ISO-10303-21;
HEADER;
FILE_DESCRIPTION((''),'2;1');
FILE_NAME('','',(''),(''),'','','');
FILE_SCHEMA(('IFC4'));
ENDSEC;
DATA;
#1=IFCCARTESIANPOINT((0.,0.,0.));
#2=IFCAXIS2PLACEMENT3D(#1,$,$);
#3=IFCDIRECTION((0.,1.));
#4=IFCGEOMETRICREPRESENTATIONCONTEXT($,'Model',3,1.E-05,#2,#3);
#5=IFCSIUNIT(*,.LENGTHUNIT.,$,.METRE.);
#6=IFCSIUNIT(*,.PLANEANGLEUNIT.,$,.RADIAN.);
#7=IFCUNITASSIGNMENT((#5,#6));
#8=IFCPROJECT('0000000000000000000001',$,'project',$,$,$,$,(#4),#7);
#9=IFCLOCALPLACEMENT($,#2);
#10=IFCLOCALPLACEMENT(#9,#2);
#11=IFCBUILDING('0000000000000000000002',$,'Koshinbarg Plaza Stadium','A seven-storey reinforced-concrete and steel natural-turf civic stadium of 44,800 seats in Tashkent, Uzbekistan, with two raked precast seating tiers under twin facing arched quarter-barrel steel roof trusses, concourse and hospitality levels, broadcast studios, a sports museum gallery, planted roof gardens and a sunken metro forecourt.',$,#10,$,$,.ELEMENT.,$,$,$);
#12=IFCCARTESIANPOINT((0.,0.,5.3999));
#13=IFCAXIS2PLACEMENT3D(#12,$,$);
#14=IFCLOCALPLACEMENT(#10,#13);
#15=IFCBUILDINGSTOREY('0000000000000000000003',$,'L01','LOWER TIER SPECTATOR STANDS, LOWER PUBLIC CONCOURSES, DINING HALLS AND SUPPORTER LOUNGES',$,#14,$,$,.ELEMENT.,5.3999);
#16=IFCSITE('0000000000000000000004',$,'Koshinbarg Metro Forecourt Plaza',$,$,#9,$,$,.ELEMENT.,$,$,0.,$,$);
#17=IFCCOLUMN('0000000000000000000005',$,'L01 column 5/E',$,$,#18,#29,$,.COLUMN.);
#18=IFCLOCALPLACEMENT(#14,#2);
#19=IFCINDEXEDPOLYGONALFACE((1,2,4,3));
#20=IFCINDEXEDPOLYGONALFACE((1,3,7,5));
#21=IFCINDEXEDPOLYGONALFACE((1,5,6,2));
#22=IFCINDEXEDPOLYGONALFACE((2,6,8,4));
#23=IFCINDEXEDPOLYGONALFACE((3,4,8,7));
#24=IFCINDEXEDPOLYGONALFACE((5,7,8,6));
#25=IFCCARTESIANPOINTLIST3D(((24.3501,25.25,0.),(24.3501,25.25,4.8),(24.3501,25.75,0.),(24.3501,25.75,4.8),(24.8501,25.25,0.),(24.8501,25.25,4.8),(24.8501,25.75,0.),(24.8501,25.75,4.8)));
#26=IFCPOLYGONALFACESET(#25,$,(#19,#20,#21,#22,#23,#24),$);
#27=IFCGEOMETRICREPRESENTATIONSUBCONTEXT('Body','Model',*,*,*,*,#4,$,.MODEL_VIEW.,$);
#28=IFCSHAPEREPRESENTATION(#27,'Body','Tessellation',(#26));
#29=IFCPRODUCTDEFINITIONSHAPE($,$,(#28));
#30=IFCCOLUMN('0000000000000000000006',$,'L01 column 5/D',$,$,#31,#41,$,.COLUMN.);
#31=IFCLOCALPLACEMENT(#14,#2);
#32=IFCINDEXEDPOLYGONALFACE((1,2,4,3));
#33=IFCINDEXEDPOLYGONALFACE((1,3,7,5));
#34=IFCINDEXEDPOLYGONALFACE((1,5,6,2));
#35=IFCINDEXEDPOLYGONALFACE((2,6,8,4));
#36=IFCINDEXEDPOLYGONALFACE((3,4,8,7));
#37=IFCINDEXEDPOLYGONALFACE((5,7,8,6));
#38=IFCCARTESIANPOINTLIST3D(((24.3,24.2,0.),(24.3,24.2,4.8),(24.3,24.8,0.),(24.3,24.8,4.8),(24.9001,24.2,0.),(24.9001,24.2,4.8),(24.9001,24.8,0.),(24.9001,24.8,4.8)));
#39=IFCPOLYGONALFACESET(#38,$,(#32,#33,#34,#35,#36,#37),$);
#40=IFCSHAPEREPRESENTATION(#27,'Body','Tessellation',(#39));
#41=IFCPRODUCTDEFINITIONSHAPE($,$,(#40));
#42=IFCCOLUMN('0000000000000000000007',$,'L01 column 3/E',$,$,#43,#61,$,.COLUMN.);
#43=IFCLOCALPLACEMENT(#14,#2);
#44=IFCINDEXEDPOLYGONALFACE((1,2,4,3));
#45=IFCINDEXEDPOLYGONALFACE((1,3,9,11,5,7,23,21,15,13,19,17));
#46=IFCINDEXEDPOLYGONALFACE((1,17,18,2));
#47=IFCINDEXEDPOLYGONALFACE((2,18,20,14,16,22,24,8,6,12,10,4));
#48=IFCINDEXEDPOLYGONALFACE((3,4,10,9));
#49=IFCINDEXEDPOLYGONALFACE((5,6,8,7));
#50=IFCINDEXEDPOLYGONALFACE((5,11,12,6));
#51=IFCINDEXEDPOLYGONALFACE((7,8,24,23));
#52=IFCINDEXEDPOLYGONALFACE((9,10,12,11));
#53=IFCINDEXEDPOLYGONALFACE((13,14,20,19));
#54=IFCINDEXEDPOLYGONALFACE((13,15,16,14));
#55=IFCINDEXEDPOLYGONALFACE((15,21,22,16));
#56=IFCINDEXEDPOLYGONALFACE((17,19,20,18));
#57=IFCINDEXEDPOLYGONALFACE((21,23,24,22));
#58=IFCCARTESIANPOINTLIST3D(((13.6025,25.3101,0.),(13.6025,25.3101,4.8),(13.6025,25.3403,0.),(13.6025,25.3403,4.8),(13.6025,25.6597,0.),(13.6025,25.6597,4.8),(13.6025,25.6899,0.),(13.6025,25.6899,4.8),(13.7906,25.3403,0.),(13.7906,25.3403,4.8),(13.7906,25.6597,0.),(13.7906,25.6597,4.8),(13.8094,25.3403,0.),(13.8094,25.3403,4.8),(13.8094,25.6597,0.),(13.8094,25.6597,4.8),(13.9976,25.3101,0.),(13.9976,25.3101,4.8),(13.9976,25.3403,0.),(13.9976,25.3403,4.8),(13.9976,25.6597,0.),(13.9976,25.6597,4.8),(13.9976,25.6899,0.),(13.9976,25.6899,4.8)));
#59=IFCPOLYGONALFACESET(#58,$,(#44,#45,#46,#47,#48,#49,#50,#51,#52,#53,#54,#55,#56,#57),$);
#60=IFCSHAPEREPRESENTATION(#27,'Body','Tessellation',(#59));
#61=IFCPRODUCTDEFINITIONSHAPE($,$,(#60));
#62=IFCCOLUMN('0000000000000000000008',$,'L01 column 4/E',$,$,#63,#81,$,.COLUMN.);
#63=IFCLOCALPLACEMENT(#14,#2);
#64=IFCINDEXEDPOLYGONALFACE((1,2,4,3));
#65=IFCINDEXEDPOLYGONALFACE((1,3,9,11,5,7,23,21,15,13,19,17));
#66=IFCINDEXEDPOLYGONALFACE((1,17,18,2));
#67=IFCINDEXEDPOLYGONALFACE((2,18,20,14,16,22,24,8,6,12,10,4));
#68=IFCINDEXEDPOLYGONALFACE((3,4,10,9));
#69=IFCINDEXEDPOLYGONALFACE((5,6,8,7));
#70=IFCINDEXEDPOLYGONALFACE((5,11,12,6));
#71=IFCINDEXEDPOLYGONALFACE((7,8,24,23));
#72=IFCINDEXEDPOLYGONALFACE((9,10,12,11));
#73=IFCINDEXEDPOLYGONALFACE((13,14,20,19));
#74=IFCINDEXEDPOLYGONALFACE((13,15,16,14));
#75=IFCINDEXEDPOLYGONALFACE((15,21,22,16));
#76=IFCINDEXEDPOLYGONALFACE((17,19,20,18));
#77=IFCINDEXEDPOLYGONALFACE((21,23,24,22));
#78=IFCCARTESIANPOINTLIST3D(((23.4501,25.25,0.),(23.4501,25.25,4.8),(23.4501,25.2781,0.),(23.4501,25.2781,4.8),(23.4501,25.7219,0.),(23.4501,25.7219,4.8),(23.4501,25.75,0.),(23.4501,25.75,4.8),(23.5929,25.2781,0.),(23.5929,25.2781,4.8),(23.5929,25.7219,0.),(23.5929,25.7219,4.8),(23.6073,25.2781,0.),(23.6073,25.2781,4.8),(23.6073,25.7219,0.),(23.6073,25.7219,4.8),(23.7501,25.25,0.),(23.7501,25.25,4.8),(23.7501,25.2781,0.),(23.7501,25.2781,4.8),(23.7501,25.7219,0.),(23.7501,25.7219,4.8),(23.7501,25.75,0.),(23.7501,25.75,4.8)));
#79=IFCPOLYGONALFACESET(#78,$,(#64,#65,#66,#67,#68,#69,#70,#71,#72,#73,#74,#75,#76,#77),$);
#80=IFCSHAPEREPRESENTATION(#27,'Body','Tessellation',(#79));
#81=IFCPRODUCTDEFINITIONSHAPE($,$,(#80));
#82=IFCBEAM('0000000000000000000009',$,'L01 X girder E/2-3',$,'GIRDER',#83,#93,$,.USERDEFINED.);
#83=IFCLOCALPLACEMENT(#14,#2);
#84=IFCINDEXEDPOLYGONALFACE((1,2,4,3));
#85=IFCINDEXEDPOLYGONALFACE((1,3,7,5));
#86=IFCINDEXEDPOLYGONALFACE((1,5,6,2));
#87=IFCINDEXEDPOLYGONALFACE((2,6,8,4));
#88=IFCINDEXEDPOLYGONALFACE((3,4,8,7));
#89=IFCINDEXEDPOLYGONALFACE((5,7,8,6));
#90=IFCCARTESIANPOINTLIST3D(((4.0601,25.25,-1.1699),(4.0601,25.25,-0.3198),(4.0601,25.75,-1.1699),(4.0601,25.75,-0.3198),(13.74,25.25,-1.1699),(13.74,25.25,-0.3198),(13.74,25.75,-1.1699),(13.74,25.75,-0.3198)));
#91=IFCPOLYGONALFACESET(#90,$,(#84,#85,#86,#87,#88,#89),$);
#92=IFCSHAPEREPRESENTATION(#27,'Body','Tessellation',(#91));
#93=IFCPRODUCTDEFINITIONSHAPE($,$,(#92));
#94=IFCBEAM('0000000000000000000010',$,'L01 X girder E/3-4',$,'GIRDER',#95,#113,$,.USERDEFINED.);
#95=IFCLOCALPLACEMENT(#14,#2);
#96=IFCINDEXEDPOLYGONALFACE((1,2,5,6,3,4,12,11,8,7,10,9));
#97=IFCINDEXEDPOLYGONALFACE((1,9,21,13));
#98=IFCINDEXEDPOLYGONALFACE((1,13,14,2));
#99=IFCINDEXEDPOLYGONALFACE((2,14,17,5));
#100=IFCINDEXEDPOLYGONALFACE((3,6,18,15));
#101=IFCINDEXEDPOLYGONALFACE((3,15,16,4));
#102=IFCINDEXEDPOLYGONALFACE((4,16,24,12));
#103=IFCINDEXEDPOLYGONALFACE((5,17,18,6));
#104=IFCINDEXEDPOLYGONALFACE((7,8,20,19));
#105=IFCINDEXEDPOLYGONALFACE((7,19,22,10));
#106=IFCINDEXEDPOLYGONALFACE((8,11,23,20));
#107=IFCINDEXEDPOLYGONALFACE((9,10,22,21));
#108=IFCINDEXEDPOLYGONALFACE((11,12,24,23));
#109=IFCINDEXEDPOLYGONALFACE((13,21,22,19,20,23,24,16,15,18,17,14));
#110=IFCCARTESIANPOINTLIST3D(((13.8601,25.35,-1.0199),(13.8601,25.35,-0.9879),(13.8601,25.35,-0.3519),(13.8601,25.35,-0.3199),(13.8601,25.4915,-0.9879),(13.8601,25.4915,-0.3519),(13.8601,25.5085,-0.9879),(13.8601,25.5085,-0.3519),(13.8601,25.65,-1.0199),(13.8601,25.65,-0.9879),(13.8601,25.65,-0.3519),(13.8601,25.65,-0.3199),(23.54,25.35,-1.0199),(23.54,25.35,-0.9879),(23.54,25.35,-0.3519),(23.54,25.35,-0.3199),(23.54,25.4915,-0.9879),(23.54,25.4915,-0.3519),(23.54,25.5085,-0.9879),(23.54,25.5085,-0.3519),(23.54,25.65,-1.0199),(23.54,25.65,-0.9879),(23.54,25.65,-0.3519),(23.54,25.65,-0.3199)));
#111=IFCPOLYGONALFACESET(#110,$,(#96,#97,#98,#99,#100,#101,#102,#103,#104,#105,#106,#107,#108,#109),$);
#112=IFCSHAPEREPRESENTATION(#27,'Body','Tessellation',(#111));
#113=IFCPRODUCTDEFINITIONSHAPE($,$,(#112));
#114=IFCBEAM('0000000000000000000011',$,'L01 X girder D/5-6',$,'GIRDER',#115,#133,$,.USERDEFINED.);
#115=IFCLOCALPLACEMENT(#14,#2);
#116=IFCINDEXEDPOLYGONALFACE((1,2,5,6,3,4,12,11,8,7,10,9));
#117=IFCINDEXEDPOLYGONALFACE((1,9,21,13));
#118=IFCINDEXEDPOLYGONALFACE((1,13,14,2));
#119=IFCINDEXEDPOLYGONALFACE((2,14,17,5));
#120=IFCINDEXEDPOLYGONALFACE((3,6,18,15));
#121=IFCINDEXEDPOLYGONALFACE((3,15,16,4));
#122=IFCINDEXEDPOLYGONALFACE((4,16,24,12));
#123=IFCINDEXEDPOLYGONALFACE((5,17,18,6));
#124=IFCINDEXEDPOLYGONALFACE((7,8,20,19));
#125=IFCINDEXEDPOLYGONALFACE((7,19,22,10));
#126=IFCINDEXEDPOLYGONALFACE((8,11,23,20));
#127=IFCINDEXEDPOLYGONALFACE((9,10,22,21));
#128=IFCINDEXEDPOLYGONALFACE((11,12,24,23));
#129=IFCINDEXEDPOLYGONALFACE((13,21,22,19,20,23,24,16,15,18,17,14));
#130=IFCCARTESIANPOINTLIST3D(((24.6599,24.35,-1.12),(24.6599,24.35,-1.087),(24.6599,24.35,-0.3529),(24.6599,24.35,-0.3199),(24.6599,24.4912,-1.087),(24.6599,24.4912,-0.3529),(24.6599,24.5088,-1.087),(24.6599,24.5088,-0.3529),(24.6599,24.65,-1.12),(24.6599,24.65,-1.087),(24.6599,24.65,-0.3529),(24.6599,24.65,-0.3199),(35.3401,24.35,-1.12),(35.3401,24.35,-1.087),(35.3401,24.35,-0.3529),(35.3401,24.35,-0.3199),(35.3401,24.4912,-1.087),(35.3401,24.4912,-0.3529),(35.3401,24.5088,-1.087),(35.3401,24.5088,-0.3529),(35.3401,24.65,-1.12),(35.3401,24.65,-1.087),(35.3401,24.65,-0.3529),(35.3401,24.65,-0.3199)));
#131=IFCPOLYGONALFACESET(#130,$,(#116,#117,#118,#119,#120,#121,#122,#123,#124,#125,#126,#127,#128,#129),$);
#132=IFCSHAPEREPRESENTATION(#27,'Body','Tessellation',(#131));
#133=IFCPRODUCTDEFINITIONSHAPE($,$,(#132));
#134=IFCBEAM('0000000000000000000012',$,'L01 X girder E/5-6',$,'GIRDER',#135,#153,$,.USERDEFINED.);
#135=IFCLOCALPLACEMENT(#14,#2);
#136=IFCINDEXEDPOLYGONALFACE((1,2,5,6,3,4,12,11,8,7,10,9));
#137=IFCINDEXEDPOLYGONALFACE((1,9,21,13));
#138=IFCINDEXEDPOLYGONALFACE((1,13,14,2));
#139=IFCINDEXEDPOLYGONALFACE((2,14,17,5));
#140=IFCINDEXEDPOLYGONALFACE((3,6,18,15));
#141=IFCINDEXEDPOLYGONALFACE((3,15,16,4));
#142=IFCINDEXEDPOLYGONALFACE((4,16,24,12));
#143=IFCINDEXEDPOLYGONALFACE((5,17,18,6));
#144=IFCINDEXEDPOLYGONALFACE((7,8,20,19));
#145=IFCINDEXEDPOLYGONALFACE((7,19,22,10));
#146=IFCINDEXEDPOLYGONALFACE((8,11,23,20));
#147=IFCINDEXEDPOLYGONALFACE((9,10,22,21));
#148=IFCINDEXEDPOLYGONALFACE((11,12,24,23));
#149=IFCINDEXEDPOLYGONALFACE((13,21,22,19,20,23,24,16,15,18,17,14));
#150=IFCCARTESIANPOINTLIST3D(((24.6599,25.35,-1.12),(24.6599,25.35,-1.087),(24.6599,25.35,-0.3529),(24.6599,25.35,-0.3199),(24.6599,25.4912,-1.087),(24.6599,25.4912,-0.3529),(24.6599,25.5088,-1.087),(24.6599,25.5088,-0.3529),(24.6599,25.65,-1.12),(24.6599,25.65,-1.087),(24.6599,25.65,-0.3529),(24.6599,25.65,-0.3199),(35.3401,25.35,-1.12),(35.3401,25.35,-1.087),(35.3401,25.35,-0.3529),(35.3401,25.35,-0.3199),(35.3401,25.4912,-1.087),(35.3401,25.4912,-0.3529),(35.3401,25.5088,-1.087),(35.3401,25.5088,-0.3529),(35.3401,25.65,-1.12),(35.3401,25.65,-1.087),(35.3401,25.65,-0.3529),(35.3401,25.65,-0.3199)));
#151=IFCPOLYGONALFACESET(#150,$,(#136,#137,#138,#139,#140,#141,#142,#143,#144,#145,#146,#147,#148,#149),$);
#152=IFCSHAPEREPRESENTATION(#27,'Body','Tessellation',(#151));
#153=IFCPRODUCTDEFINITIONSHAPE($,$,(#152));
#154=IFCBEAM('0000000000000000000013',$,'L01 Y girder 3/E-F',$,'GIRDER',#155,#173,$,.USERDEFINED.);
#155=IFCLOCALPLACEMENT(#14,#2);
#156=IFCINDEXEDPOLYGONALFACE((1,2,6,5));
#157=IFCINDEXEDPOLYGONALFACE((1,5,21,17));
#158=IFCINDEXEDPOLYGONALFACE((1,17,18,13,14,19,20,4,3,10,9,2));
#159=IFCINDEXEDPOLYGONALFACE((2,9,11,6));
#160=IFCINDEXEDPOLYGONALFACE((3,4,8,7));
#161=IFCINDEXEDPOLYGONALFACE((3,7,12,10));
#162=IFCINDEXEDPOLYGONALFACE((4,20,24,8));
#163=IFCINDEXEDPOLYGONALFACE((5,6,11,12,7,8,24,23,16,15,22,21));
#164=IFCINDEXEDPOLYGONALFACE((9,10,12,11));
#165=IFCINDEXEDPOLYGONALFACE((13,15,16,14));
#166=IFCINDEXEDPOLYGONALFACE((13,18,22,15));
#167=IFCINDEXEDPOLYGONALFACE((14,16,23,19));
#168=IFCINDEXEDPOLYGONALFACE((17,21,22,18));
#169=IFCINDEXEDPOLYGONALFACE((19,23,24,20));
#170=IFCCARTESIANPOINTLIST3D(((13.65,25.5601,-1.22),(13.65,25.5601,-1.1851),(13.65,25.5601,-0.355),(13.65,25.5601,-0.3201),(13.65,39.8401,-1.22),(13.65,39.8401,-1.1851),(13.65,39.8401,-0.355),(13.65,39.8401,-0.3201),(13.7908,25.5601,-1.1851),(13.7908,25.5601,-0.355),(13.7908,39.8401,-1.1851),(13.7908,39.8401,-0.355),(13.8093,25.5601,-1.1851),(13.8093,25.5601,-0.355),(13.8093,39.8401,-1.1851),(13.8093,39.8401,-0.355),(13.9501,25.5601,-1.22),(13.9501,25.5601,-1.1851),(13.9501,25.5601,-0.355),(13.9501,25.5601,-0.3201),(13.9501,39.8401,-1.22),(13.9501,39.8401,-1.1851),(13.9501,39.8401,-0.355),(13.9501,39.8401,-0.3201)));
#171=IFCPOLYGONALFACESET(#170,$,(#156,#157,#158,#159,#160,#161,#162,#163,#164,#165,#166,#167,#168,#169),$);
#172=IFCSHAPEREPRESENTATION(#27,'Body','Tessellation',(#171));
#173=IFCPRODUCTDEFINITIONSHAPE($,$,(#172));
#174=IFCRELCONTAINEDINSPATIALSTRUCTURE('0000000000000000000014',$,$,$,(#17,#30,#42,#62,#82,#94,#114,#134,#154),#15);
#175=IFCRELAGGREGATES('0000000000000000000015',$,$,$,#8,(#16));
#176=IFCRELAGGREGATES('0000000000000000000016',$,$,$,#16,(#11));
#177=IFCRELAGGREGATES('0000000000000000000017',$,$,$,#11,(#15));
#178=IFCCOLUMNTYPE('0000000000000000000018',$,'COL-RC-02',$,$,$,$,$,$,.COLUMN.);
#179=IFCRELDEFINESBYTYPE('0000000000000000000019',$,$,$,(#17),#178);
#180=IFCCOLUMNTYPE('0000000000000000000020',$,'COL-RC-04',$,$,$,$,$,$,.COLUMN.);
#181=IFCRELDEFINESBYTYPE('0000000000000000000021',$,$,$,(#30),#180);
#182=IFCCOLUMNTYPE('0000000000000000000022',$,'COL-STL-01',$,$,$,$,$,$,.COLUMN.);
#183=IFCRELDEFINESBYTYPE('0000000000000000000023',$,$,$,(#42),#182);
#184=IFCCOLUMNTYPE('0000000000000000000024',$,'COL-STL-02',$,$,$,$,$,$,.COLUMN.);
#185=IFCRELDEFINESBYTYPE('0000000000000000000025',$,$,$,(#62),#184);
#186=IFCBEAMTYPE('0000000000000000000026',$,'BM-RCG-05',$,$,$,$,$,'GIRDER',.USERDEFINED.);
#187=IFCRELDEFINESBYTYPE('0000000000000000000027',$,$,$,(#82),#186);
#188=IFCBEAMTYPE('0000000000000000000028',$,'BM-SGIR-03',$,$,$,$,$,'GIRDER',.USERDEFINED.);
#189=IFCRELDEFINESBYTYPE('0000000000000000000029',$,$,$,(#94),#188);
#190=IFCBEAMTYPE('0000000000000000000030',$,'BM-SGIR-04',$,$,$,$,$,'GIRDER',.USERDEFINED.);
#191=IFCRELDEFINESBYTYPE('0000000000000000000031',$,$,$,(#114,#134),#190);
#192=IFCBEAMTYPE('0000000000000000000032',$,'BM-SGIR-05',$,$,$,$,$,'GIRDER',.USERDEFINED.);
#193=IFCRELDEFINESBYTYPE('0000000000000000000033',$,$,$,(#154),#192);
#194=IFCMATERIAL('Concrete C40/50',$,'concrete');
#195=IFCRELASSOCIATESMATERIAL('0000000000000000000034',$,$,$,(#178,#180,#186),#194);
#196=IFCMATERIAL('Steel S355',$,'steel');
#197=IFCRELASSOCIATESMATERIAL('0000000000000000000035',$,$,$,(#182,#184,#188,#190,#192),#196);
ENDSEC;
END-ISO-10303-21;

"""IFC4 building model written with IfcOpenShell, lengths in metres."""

from ifc_helpers import new_model, si_unit, direction, frame, origin, origin_2d, place, context, subcontext, project, spatial, rectangle, i_section, extrude, material, material_profile, profile_set, type_object, element, save


model = new_model("IFC4")

# Units and contexts
model_context = context("Model", 3, precision=1e-05, world=origin(), true_north=direction((0.0, 1.0)))
body_context = subcontext(model_context, "Body", "Model", "MODEL_VIEW")
ifc_project = project(units=[si_unit("LENGTHUNIT", "METRE"), si_unit("PLANEANGLEUNIT", "RADIAN")], contexts=[model_context])

# Site, building, storey
site_placement = place(None, origin())
site = spatial("IfcSite", under=ifc_project, at=site_placement, Name="Koshinbarg Metro Forecourt Plaza", CompositionType="ELEMENT", RefElevation=0.0)
building_placement = place(site_placement, origin())
building = spatial("IfcBuilding", under=site, at=building_placement, Name="Koshinbarg Plaza Stadium", Description="A seven-storey reinforced-concrete and steel natural-turf civic stadium of 44,800 seats in Tashkent, Uzbekistan, with two raked precast seating tiers under twin facing arched quarter-barrel steel roof trusses, concourse and hospitality levels, broadcast studios, a sports museum gallery, planted roof gardens and a sunken metro forecourt.", CompositionType="ELEMENT")
storey_placement = place(building_placement, frame((0.0, 0.0, 5.3999)))
storey = spatial("IfcBuildingStorey", under=building, at=storey_placement, Name="L01", Description="LOWER TIER SPECTATOR STANDS, LOWER PUBLIC CONCOURSES, DINING HALLS AND SUPPORTER LOUNGES", CompositionType="ELEMENT", Elevation=5.3999)

# Columns
ifc_material_1 = material(Name="Concrete C40/50", Category="concrete")
ifc_material_profile_1 = material_profile(ifc_material_1, rectangle(XDim=0.5, YDim=0.5, at=origin_2d()), Name="RC 500x500")
ifc_profile_set_1 = profile_set([ifc_material_profile_1], Name="Concrete C40/50")
column_type_1 = type_object("IfcColumnType", Name="COL-RC-02", PredefinedType="COLUMN", material=ifc_profile_set_1)
column_1_placement = place(storey_placement, frame((24.6001, 25.5, 0.0), z_axis=(0.0, 0.0, 1.0), x_axis=(1.0, 0.0, 0.0)))
element("IfcColumn", 1, at=column_1_placement, inside=storey, type_object=column_type_1, Name="L01 column 5/E", PredefinedType="COLUMN", context=body_context, shape_type="SweptSolid", body=[
    extrude(rectangle(XDim=0.5, YDim=0.5, at=origin_2d()), origin(), (0.0, 0.0, 1.0), 4.8),
])
ifc_material_profile_2 = material_profile(ifc_material_1, rectangle(XDim=0.6001, YDim=0.6001, at=origin_2d()), Name="RC 600x600")
ifc_profile_set_2 = profile_set([ifc_material_profile_2], Name="Concrete C40/50")
column_type_2 = type_object("IfcColumnType", Name="COL-RC-04", PredefinedType="COLUMN", material=ifc_profile_set_2)
column_2_placement = place(storey_placement, frame((24.6001, 24.5, 0.0), z_axis=(0.0, 0.0, 1.0), x_axis=(1.0, 0.0, 0.0)))
element("IfcColumn", 2, at=column_2_placement, inside=storey, type_object=column_type_2, Name="L01 column 5/D", PredefinedType="COLUMN", context=body_context, shape_type="SweptSolid", body=[
    extrude(rectangle(XDim=0.6001, YDim=0.6001, at=origin_2d()), origin(), (0.0, 0.0, 1.0), 4.8),
])
ifc_material_2 = material(Name="Steel S355", Category="steel")
ifc_material_profile_3 = material_profile(ifc_material_2, i_section(OverallWidth=0.395, OverallDepth=0.3799, WebThickness=0.0188, FlangeThickness=0.0303, at=origin_2d()), Name="HD 400x237")
ifc_profile_set_3 = profile_set([ifc_material_profile_3], Name="Steel S355")
column_type_3 = type_object("IfcColumnType", Name="COL-STL-01", PredefinedType="COLUMN", material=ifc_profile_set_3)
column_3_placement = place(storey_placement, frame((13.8, 25.5, 0.0), z_axis=(0.0, 0.0, 1.0), x_axis=(1.0, 0.0, 0.0)))
element("IfcColumn", 3, at=column_3_placement, inside=storey, type_object=column_type_3, Name="L01 column 3/E", PredefinedType="COLUMN", context=body_context, shape_type="SweptSolid", body=[
    extrude(i_section(OverallWidth=0.395, OverallDepth=0.3799, WebThickness=0.0188, FlangeThickness=0.0303, at=origin_2d()), origin(), (0.0, 0.0, 1.0), 4.8),
])
ifc_material_profile_4 = material_profile(ifc_material_2, i_section(OverallWidth=0.3, OverallDepth=0.5, WebThickness=0.0144, FlangeThickness=0.0281, at=origin_2d()), Name="HEB 500")
ifc_profile_set_4 = profile_set([ifc_material_profile_4], Name="Steel S355")
column_type_4 = type_object("IfcColumnType", Name="COL-STL-02", PredefinedType="COLUMN", material=ifc_profile_set_4)
column_4_placement = place(storey_placement, frame((23.6001, 25.5, 0.0), z_axis=(0.0, 0.0, 1.0), x_axis=(1.0, 0.0, 0.0)))
element("IfcColumn", 4, at=column_4_placement, inside=storey, type_object=column_type_4, Name="L01 column 4/E", PredefinedType="COLUMN", context=body_context, shape_type="SweptSolid", body=[
    extrude(i_section(OverallWidth=0.3, OverallDepth=0.5, WebThickness=0.0144, FlangeThickness=0.0281, at=origin_2d()), origin(), (0.0, 0.0, 1.0), 4.8),
])

# Beams
ifc_material_profile_5 = material_profile(ifc_material_1, rectangle(XDim=0.5, YDim=0.8501, at=origin_2d()), Name="RC 500x850")
ifc_profile_set_5 = profile_set([ifc_material_profile_5], Name="Concrete C40/50")
beam_type_1 = type_object("IfcBeamType", Name="BM-RCG-05", ElementType="GIRDER", PredefinedType="USERDEFINED", material=ifc_profile_set_5)
beam_1_placement = place(storey_placement, frame((4.0601, 25.5, -0.7449), z_axis=(1.0, 0.0, 0.0), x_axis=(0.0, 1.0, 0.0)))
element("IfcBeam", 5, at=beam_1_placement, inside=storey, type_object=beam_type_1, Name="L01 X girder E/2-3", ObjectType="GIRDER", PredefinedType="USERDEFINED", context=body_context, shape_type="SweptSolid", body=[
    extrude(rectangle(XDim=0.5, YDim=0.8501, at=origin_2d()), origin(), (0.0, 0.0, 1.0), 9.6799),
])
ifc_material_profile_6 = material_profile(ifc_material_2, i_section(OverallWidth=0.3, OverallDepth=0.7, WebThickness=0.0171, FlangeThickness=0.032, at=origin_2d()), Name="HEB 700")
ifc_profile_set_6 = profile_set([ifc_material_profile_6], Name="Steel S355")
beam_type_2 = type_object("IfcBeamType", Name="BM-SGIR-03", ElementType="GIRDER", PredefinedType="USERDEFINED", material=ifc_profile_set_6)
beam_2_placement = place(storey_placement, frame((13.8601, 25.5, -0.6699), z_axis=(1.0, 0.0, 0.0), x_axis=(0.0, 1.0, 0.0)))
element("IfcBeam", 6, at=beam_2_placement, inside=storey, type_object=beam_type_2, Name="L01 X girder E/3-4", ObjectType="GIRDER", PredefinedType="USERDEFINED", context=body_context, shape_type="SweptSolid", body=[
    extrude(i_section(OverallWidth=0.3, OverallDepth=0.7, WebThickness=0.0171, FlangeThickness=0.032, at=origin_2d()), origin(), (0.0, 0.0, 1.0), 9.6799),
])
ifc_material_profile_7 = material_profile(ifc_material_2, i_section(OverallWidth=0.3, OverallDepth=0.8, WebThickness=0.0176, FlangeThickness=0.033, at=origin_2d()), Name="HEB 800")
ifc_profile_set_7 = profile_set([ifc_material_profile_7], Name="Steel S355")
beam_type_3 = type_object("IfcBeamType", Name="BM-SGIR-04", ElementType="GIRDER", PredefinedType="USERDEFINED", material=ifc_profile_set_7)
for number, where, z_axis, x_axis, name in (
    (7, (24.6599, 24.5, -0.72), (1.0, 0.0, 0.0), (0.0, 1.0, 0.0), "L01 X girder D/5-6"),
    (8, (24.6599, 25.5, -0.72), (1.0, 0.0, 0.0), (0.0, 1.0, 0.0), "L01 X girder E/5-6"),
):
    element("IfcBeam", number, at=place(storey_placement, frame(where, z_axis=z_axis, x_axis=x_axis)), inside=storey, type_object=beam_type_3, Name=name, ObjectType="GIRDER", PredefinedType="USERDEFINED", context=body_context, shape_type="SweptSolid", body=[
        extrude(i_section(OverallWidth=0.3, OverallDepth=0.8, WebThickness=0.0176, FlangeThickness=0.033, at=origin_2d()), origin(), (0.0, 0.0, 1.0), 10.6802),
    ])
ifc_material_profile_8 = material_profile(ifc_material_2, i_section(OverallWidth=0.3, OverallDepth=0.8999, WebThickness=0.0186, FlangeThickness=0.0349, at=origin_2d()), Name="HEB 900")
ifc_profile_set_8 = profile_set([ifc_material_profile_8], Name="Steel S355")
beam_type_4 = type_object("IfcBeamType", Name="BM-SGIR-05", ElementType="GIRDER", PredefinedType="USERDEFINED", material=ifc_profile_set_8)
for number, where, z_axis, x_axis, name in (
    (9, (13.8, 25.5601, -0.77), (0.0, 1.0, 0.0), (-1.0, 0.0, 0.0), "L01 Y girder 3/E-F"),
):
    element("IfcBeam", number, at=place(storey_placement, frame(where, z_axis=z_axis, x_axis=x_axis)), inside=storey, type_object=beam_type_4, Name=name, ObjectType="GIRDER", PredefinedType="USERDEFINED", context=body_context, shape_type="SweptSolid", body=[
        extrude(i_section(OverallWidth=0.3, OverallDepth=0.8999, WebThickness=0.0186, FlangeThickness=0.0349, at=origin_2d()), origin(), (0.0, 0.0, 1.0), 14.28),
    ])

save(model, "model.ifc")
